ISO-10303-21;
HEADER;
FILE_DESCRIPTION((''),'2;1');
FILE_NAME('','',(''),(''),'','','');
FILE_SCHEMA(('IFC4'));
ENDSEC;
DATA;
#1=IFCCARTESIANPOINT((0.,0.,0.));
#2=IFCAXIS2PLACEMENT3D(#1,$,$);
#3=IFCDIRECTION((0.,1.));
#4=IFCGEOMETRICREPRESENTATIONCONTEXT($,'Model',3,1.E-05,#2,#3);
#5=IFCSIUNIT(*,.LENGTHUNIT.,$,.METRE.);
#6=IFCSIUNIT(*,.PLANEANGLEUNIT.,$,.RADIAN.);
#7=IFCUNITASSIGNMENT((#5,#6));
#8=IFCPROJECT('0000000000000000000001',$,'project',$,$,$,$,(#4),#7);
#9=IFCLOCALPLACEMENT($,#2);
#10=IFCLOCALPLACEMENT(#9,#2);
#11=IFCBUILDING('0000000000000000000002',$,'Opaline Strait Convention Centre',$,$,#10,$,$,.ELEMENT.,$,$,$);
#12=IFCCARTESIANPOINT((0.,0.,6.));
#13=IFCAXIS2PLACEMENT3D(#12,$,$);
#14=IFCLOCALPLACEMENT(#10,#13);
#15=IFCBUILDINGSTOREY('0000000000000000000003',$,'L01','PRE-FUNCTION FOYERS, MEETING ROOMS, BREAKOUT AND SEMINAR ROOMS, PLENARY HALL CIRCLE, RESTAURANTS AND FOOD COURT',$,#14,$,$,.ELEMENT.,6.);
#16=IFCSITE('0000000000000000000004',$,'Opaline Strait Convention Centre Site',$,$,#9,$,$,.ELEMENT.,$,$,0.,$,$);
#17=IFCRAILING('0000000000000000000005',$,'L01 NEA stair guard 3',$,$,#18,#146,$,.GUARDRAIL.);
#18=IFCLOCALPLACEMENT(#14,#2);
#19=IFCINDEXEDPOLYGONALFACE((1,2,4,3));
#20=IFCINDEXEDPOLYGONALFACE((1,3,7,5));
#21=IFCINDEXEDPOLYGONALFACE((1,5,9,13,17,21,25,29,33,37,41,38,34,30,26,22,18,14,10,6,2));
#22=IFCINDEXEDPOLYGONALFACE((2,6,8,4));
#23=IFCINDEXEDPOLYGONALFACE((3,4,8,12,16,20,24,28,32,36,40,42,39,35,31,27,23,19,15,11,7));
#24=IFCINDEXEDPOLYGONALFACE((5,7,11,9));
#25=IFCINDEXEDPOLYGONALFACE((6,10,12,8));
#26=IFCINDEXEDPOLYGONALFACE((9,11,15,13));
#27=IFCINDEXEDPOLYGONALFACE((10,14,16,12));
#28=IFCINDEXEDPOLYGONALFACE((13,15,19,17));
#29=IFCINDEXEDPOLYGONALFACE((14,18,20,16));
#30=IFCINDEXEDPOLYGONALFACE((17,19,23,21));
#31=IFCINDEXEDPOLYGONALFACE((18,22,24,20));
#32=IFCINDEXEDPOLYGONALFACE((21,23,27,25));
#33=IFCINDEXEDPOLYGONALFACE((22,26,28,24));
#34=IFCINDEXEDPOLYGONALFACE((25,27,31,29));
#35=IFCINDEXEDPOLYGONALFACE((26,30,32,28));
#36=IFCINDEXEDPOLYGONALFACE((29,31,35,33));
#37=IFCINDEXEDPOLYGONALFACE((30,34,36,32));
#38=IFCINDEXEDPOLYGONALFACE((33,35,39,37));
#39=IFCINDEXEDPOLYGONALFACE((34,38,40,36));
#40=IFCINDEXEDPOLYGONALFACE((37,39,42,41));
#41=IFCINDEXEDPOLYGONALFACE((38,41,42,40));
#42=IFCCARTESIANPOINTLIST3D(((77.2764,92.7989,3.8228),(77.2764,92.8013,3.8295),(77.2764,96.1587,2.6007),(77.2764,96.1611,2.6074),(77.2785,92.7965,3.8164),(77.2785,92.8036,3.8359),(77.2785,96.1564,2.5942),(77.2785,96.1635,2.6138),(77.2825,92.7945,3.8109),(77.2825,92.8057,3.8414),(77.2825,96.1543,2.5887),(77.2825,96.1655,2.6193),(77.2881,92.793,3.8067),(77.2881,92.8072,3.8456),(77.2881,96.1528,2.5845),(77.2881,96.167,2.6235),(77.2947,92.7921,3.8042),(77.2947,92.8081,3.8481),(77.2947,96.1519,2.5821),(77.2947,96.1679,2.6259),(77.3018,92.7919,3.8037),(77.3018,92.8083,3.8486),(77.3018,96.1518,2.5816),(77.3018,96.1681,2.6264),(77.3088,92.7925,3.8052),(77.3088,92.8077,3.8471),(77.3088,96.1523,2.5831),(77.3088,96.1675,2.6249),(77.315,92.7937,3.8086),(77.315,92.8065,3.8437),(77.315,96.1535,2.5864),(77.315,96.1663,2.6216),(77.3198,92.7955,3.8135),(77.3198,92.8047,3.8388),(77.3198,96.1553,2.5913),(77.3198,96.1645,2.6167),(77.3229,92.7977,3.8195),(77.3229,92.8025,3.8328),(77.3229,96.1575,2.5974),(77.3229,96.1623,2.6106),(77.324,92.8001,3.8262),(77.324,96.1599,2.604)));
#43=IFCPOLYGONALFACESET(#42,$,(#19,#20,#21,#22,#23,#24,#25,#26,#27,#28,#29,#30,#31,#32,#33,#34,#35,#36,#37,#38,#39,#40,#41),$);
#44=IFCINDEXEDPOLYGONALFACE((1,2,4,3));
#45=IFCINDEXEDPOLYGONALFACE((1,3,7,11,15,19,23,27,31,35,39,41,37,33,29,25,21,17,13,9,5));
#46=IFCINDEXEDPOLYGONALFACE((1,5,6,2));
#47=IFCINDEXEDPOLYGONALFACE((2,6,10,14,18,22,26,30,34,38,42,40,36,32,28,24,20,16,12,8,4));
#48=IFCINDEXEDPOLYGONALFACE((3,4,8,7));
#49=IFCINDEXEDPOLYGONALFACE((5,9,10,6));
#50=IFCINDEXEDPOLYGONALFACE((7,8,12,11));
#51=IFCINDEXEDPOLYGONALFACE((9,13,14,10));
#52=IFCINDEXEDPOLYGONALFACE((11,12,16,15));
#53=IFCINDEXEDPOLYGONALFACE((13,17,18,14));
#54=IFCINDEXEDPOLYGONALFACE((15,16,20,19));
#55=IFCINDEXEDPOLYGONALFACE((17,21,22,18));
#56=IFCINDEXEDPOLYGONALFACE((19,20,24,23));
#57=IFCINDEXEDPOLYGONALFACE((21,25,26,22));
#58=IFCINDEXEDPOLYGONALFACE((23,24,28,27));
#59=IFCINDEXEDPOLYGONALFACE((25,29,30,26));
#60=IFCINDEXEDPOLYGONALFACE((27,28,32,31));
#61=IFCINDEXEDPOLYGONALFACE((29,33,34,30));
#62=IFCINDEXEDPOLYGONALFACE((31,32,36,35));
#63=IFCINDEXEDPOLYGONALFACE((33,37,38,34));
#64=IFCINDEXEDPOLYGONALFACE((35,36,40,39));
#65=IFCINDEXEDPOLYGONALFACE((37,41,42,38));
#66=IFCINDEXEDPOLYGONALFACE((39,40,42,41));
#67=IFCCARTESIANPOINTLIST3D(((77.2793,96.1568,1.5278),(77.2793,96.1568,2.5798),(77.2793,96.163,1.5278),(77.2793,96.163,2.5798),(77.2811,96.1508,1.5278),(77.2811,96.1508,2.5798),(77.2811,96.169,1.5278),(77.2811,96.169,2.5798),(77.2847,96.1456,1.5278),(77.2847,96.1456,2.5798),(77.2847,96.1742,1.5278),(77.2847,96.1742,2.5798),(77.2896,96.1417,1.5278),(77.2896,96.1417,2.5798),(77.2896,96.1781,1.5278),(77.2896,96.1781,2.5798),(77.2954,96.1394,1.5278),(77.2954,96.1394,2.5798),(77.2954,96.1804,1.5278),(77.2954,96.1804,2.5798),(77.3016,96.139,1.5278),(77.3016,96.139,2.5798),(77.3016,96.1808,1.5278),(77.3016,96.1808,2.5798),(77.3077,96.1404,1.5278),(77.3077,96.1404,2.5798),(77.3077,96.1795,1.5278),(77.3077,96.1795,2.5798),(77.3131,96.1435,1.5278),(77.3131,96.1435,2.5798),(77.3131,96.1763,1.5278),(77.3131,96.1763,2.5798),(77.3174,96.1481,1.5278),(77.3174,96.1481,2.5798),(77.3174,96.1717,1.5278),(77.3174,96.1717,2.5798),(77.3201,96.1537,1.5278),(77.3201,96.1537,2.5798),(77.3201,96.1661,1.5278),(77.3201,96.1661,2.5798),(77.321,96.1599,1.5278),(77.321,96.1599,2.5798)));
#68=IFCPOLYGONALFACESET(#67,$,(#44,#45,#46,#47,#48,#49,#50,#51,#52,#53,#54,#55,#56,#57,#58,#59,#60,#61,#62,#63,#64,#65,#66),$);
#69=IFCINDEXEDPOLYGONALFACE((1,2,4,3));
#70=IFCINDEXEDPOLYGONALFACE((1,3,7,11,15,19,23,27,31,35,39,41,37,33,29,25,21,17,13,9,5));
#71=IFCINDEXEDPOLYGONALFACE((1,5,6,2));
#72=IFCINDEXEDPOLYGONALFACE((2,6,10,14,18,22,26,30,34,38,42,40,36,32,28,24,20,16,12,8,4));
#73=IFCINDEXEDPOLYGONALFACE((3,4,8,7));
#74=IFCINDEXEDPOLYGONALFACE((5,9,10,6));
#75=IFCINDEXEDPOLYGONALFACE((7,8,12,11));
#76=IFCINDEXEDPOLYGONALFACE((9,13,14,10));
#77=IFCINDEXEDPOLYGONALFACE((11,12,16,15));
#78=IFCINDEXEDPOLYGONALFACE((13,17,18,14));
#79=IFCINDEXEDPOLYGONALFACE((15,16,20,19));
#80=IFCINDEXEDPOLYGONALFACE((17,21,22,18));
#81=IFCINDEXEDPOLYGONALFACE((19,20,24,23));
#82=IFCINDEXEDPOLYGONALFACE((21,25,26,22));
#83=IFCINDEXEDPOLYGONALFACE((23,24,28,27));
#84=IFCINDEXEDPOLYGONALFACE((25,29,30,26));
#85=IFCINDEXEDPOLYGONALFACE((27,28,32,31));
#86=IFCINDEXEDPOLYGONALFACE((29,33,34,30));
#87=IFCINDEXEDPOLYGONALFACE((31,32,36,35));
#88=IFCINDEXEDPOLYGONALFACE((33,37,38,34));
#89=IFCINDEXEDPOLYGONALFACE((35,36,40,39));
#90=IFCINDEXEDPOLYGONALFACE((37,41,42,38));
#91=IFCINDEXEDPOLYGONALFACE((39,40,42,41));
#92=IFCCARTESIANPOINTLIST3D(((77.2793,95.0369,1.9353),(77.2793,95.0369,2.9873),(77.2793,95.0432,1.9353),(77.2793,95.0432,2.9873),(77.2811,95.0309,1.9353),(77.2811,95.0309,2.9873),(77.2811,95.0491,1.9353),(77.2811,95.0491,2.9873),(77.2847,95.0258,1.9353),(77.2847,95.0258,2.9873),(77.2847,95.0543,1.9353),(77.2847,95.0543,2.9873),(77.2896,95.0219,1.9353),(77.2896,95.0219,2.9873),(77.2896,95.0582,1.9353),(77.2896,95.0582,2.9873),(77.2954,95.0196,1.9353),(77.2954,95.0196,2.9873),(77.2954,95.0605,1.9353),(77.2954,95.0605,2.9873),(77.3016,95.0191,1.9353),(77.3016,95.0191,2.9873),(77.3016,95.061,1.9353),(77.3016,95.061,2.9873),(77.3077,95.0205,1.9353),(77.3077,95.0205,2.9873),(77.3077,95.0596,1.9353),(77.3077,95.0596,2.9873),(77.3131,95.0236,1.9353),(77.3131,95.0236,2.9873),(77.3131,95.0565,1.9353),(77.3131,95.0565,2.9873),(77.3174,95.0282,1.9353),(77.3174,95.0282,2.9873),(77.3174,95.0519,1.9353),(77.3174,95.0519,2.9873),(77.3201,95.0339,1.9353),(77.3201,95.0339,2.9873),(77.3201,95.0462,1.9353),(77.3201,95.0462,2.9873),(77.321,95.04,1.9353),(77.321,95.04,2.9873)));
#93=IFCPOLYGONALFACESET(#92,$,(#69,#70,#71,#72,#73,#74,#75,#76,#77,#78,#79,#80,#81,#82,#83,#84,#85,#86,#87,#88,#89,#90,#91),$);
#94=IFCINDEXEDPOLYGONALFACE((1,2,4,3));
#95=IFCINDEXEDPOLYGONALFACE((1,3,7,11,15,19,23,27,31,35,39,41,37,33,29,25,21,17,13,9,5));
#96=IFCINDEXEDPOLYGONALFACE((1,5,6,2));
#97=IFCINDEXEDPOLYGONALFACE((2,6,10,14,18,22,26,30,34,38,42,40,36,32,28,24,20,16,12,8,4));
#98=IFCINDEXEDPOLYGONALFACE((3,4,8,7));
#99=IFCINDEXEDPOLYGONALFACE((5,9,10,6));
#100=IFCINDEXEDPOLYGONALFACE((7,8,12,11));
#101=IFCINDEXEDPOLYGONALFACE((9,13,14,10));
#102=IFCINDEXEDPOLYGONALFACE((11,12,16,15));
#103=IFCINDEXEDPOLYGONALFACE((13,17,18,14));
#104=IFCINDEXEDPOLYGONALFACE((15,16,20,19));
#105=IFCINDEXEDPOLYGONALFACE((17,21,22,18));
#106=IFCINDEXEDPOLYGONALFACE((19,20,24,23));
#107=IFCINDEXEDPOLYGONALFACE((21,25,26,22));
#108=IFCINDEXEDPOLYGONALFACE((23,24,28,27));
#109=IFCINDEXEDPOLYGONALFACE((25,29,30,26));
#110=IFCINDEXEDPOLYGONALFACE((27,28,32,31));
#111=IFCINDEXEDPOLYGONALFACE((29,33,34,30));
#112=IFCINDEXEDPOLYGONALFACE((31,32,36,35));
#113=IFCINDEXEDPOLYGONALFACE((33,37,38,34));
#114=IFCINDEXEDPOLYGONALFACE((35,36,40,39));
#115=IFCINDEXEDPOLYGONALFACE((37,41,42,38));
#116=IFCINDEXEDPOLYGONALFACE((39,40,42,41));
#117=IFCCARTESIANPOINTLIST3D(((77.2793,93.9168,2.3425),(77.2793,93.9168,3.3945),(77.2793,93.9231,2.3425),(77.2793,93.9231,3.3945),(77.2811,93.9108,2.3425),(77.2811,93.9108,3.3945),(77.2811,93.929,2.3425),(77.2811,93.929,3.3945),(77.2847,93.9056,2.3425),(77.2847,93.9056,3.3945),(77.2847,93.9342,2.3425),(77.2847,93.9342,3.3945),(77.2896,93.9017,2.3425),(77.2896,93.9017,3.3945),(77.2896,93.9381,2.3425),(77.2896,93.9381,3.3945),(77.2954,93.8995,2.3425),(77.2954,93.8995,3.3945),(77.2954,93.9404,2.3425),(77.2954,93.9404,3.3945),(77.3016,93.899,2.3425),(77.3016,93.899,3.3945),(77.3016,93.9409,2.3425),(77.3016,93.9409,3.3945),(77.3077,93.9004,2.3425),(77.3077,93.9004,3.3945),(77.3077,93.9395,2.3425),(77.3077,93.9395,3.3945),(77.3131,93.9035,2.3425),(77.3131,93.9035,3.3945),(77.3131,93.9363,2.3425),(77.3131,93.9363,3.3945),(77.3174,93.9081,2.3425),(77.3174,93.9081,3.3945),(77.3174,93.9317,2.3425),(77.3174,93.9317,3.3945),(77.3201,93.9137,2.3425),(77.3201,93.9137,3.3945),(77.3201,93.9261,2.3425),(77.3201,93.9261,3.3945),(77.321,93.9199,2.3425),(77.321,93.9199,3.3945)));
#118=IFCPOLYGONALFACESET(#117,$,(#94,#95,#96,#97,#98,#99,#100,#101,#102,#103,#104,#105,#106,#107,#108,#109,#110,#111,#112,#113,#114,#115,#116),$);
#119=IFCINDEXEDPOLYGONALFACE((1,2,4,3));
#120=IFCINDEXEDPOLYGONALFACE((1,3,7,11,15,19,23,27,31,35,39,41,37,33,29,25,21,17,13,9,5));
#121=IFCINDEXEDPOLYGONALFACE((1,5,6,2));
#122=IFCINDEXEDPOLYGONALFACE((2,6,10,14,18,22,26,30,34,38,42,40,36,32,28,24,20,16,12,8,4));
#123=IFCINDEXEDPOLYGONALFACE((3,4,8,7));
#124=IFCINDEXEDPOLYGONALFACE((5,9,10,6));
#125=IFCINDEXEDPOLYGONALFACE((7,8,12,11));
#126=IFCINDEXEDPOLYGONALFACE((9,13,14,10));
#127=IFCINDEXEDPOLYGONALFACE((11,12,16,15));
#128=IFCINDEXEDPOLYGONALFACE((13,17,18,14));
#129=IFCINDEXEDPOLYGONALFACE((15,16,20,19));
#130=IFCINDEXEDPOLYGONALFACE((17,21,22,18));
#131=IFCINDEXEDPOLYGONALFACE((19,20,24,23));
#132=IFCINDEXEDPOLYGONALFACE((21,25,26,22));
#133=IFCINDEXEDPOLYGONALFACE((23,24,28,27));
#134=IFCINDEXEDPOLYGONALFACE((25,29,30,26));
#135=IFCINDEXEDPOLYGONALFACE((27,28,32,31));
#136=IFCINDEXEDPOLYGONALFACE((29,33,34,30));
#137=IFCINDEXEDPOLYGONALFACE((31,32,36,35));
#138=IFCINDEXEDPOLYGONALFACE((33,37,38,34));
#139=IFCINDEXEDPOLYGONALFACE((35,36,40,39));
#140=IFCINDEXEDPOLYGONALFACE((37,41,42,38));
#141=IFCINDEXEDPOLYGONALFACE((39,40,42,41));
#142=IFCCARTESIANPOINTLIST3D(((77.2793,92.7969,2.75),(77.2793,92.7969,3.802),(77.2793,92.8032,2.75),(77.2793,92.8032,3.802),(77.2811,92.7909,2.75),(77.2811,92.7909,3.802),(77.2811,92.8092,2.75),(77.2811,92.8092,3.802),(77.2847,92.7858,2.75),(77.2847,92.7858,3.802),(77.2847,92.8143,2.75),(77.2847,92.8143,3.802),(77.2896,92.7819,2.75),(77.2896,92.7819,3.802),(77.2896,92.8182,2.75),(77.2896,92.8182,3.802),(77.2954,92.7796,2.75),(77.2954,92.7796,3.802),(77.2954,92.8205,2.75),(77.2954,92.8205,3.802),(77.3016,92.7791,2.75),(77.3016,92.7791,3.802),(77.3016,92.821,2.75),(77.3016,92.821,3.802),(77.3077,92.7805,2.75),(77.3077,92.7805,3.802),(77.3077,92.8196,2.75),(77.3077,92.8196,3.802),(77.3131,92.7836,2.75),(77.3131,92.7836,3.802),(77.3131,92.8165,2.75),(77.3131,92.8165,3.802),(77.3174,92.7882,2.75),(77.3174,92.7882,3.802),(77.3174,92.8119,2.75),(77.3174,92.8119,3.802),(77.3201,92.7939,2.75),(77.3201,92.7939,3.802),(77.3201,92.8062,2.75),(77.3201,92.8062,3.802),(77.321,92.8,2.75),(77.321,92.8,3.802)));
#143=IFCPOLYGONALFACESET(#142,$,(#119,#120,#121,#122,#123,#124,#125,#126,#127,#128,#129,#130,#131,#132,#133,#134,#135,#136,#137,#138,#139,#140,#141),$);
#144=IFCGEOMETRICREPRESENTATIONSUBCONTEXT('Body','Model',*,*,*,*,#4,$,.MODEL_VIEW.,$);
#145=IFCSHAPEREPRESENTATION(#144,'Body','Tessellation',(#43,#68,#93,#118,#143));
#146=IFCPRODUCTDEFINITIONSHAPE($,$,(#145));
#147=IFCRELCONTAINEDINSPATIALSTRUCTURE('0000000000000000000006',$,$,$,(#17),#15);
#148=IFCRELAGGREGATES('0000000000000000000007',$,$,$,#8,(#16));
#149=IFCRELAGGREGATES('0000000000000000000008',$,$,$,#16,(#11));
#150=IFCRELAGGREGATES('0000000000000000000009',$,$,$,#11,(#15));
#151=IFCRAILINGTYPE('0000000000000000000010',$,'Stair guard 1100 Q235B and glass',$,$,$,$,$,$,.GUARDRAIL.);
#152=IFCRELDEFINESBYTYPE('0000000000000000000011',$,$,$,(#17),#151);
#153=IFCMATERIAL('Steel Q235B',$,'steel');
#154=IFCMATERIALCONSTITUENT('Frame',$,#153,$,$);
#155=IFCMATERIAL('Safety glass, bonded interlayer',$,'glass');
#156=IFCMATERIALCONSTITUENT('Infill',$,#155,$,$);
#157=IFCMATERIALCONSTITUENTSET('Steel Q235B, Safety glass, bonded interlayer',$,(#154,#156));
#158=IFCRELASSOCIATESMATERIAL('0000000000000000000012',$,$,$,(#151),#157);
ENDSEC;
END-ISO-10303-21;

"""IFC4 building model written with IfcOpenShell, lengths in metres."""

from ifc_helpers import new_model, si_unit, direction, frame, origin, origin_2d, place, context, subcontext, project, spatial, circle, extrude, material, constituent, constituent_set, type_object, element, save


model = new_model("IFC4")

# Units and contexts
model_context = context("Model", 3, precision=1e-05, world=origin(), true_north=direction((0.0, 1.0)))
body_context = subcontext(model_context, "Body", "Model", "MODEL_VIEW")
ifc_project = project(units=[si_unit("LENGTHUNIT", "METRE"), si_unit("PLANEANGLEUNIT", "RADIAN")], contexts=[model_context])

# Site, building, storey
site_placement = place(None, origin())
site = spatial("IfcSite", under=ifc_project, at=site_placement, Name="Opaline Strait Convention Centre Site", CompositionType="ELEMENT", RefElevation=0.0)
building_placement = place(site_placement, origin())
building = spatial("IfcBuilding", under=site, at=building_placement, Name="Opaline Strait Convention Centre", CompositionType="ELEMENT")
storey_placement = place(building_placement, frame((0.0, 0.0, 6.0)))
storey = spatial("IfcBuildingStorey", under=building, at=storey_placement, Name="L01", Description="PRE-FUNCTION FOYERS, MEETING ROOMS, BREAKOUT AND SEMINAR ROOMS, PLENARY HALL CIRCLE, RESTAURANTS AND FOOD COURT", CompositionType="ELEMENT", Elevation=6.0)

# Railing
ifc_material_1 = material(Name="Safety glass, bonded interlayer", Category="glass")
ifc_material_2 = material(Name="Steel Q235B", Category="steel")
ifc_constituent_1 = constituent(ifc_material_2, Name="Frame")
ifc_constituent_2 = constituent(ifc_material_1, Name="Infill")
ifc_constituent_set_1 = constituent_set(constituents=[ifc_constituent_1, ifc_constituent_2], Name="Steel Q235B, Safety glass, bonded interlayer")
railing_type_1 = type_object("IfcRailingType", Name="Stair guard 1100 Q235B and glass", PredefinedType="GUARDRAIL", material=ifc_constituent_set_1)
railing_1_placement = place(storey_placement, frame((77.3, 96.1599, 1.5278)))
element("IfcRailing", 1, at=railing_1_placement, inside=storey, type_object=railing_type_1, Name="L01 NEA stair guard 3", PredefinedType="GUARDRAIL", context=body_context, shape_type="SweptSolid", body=[
    extrude(circle(Radius=0.0239, at=origin_2d()), frame((0.0, 0.0, 1.0762), z_axis=(0.0, -0.939758, 0.341842), x_axis=(1.0, 0.0, 0.0)), (0.0, 0.0, 1.0), 3.5752),
    extrude(circle(Radius=0.021, at=origin_2d()), origin(), (0.0, 0.0, 1.0), 1.052),
    extrude(circle(Radius=0.021, at=origin_2d()), frame((0.0, -1.1199, 0.4075)), (0.0, 0.0, 1.0), 1.052),
    extrude(circle(Radius=0.021, at=origin_2d()), frame((0.0, -2.24, 0.8147)), (0.0, 0.0, 1.0), 1.052),
    extrude(circle(Radius=0.021, at=origin_2d()), frame((0.0, -3.3599, 1.2222)), (0.0, 0.0, 1.0), 1.052),
])

save(model, "model.ifc")
